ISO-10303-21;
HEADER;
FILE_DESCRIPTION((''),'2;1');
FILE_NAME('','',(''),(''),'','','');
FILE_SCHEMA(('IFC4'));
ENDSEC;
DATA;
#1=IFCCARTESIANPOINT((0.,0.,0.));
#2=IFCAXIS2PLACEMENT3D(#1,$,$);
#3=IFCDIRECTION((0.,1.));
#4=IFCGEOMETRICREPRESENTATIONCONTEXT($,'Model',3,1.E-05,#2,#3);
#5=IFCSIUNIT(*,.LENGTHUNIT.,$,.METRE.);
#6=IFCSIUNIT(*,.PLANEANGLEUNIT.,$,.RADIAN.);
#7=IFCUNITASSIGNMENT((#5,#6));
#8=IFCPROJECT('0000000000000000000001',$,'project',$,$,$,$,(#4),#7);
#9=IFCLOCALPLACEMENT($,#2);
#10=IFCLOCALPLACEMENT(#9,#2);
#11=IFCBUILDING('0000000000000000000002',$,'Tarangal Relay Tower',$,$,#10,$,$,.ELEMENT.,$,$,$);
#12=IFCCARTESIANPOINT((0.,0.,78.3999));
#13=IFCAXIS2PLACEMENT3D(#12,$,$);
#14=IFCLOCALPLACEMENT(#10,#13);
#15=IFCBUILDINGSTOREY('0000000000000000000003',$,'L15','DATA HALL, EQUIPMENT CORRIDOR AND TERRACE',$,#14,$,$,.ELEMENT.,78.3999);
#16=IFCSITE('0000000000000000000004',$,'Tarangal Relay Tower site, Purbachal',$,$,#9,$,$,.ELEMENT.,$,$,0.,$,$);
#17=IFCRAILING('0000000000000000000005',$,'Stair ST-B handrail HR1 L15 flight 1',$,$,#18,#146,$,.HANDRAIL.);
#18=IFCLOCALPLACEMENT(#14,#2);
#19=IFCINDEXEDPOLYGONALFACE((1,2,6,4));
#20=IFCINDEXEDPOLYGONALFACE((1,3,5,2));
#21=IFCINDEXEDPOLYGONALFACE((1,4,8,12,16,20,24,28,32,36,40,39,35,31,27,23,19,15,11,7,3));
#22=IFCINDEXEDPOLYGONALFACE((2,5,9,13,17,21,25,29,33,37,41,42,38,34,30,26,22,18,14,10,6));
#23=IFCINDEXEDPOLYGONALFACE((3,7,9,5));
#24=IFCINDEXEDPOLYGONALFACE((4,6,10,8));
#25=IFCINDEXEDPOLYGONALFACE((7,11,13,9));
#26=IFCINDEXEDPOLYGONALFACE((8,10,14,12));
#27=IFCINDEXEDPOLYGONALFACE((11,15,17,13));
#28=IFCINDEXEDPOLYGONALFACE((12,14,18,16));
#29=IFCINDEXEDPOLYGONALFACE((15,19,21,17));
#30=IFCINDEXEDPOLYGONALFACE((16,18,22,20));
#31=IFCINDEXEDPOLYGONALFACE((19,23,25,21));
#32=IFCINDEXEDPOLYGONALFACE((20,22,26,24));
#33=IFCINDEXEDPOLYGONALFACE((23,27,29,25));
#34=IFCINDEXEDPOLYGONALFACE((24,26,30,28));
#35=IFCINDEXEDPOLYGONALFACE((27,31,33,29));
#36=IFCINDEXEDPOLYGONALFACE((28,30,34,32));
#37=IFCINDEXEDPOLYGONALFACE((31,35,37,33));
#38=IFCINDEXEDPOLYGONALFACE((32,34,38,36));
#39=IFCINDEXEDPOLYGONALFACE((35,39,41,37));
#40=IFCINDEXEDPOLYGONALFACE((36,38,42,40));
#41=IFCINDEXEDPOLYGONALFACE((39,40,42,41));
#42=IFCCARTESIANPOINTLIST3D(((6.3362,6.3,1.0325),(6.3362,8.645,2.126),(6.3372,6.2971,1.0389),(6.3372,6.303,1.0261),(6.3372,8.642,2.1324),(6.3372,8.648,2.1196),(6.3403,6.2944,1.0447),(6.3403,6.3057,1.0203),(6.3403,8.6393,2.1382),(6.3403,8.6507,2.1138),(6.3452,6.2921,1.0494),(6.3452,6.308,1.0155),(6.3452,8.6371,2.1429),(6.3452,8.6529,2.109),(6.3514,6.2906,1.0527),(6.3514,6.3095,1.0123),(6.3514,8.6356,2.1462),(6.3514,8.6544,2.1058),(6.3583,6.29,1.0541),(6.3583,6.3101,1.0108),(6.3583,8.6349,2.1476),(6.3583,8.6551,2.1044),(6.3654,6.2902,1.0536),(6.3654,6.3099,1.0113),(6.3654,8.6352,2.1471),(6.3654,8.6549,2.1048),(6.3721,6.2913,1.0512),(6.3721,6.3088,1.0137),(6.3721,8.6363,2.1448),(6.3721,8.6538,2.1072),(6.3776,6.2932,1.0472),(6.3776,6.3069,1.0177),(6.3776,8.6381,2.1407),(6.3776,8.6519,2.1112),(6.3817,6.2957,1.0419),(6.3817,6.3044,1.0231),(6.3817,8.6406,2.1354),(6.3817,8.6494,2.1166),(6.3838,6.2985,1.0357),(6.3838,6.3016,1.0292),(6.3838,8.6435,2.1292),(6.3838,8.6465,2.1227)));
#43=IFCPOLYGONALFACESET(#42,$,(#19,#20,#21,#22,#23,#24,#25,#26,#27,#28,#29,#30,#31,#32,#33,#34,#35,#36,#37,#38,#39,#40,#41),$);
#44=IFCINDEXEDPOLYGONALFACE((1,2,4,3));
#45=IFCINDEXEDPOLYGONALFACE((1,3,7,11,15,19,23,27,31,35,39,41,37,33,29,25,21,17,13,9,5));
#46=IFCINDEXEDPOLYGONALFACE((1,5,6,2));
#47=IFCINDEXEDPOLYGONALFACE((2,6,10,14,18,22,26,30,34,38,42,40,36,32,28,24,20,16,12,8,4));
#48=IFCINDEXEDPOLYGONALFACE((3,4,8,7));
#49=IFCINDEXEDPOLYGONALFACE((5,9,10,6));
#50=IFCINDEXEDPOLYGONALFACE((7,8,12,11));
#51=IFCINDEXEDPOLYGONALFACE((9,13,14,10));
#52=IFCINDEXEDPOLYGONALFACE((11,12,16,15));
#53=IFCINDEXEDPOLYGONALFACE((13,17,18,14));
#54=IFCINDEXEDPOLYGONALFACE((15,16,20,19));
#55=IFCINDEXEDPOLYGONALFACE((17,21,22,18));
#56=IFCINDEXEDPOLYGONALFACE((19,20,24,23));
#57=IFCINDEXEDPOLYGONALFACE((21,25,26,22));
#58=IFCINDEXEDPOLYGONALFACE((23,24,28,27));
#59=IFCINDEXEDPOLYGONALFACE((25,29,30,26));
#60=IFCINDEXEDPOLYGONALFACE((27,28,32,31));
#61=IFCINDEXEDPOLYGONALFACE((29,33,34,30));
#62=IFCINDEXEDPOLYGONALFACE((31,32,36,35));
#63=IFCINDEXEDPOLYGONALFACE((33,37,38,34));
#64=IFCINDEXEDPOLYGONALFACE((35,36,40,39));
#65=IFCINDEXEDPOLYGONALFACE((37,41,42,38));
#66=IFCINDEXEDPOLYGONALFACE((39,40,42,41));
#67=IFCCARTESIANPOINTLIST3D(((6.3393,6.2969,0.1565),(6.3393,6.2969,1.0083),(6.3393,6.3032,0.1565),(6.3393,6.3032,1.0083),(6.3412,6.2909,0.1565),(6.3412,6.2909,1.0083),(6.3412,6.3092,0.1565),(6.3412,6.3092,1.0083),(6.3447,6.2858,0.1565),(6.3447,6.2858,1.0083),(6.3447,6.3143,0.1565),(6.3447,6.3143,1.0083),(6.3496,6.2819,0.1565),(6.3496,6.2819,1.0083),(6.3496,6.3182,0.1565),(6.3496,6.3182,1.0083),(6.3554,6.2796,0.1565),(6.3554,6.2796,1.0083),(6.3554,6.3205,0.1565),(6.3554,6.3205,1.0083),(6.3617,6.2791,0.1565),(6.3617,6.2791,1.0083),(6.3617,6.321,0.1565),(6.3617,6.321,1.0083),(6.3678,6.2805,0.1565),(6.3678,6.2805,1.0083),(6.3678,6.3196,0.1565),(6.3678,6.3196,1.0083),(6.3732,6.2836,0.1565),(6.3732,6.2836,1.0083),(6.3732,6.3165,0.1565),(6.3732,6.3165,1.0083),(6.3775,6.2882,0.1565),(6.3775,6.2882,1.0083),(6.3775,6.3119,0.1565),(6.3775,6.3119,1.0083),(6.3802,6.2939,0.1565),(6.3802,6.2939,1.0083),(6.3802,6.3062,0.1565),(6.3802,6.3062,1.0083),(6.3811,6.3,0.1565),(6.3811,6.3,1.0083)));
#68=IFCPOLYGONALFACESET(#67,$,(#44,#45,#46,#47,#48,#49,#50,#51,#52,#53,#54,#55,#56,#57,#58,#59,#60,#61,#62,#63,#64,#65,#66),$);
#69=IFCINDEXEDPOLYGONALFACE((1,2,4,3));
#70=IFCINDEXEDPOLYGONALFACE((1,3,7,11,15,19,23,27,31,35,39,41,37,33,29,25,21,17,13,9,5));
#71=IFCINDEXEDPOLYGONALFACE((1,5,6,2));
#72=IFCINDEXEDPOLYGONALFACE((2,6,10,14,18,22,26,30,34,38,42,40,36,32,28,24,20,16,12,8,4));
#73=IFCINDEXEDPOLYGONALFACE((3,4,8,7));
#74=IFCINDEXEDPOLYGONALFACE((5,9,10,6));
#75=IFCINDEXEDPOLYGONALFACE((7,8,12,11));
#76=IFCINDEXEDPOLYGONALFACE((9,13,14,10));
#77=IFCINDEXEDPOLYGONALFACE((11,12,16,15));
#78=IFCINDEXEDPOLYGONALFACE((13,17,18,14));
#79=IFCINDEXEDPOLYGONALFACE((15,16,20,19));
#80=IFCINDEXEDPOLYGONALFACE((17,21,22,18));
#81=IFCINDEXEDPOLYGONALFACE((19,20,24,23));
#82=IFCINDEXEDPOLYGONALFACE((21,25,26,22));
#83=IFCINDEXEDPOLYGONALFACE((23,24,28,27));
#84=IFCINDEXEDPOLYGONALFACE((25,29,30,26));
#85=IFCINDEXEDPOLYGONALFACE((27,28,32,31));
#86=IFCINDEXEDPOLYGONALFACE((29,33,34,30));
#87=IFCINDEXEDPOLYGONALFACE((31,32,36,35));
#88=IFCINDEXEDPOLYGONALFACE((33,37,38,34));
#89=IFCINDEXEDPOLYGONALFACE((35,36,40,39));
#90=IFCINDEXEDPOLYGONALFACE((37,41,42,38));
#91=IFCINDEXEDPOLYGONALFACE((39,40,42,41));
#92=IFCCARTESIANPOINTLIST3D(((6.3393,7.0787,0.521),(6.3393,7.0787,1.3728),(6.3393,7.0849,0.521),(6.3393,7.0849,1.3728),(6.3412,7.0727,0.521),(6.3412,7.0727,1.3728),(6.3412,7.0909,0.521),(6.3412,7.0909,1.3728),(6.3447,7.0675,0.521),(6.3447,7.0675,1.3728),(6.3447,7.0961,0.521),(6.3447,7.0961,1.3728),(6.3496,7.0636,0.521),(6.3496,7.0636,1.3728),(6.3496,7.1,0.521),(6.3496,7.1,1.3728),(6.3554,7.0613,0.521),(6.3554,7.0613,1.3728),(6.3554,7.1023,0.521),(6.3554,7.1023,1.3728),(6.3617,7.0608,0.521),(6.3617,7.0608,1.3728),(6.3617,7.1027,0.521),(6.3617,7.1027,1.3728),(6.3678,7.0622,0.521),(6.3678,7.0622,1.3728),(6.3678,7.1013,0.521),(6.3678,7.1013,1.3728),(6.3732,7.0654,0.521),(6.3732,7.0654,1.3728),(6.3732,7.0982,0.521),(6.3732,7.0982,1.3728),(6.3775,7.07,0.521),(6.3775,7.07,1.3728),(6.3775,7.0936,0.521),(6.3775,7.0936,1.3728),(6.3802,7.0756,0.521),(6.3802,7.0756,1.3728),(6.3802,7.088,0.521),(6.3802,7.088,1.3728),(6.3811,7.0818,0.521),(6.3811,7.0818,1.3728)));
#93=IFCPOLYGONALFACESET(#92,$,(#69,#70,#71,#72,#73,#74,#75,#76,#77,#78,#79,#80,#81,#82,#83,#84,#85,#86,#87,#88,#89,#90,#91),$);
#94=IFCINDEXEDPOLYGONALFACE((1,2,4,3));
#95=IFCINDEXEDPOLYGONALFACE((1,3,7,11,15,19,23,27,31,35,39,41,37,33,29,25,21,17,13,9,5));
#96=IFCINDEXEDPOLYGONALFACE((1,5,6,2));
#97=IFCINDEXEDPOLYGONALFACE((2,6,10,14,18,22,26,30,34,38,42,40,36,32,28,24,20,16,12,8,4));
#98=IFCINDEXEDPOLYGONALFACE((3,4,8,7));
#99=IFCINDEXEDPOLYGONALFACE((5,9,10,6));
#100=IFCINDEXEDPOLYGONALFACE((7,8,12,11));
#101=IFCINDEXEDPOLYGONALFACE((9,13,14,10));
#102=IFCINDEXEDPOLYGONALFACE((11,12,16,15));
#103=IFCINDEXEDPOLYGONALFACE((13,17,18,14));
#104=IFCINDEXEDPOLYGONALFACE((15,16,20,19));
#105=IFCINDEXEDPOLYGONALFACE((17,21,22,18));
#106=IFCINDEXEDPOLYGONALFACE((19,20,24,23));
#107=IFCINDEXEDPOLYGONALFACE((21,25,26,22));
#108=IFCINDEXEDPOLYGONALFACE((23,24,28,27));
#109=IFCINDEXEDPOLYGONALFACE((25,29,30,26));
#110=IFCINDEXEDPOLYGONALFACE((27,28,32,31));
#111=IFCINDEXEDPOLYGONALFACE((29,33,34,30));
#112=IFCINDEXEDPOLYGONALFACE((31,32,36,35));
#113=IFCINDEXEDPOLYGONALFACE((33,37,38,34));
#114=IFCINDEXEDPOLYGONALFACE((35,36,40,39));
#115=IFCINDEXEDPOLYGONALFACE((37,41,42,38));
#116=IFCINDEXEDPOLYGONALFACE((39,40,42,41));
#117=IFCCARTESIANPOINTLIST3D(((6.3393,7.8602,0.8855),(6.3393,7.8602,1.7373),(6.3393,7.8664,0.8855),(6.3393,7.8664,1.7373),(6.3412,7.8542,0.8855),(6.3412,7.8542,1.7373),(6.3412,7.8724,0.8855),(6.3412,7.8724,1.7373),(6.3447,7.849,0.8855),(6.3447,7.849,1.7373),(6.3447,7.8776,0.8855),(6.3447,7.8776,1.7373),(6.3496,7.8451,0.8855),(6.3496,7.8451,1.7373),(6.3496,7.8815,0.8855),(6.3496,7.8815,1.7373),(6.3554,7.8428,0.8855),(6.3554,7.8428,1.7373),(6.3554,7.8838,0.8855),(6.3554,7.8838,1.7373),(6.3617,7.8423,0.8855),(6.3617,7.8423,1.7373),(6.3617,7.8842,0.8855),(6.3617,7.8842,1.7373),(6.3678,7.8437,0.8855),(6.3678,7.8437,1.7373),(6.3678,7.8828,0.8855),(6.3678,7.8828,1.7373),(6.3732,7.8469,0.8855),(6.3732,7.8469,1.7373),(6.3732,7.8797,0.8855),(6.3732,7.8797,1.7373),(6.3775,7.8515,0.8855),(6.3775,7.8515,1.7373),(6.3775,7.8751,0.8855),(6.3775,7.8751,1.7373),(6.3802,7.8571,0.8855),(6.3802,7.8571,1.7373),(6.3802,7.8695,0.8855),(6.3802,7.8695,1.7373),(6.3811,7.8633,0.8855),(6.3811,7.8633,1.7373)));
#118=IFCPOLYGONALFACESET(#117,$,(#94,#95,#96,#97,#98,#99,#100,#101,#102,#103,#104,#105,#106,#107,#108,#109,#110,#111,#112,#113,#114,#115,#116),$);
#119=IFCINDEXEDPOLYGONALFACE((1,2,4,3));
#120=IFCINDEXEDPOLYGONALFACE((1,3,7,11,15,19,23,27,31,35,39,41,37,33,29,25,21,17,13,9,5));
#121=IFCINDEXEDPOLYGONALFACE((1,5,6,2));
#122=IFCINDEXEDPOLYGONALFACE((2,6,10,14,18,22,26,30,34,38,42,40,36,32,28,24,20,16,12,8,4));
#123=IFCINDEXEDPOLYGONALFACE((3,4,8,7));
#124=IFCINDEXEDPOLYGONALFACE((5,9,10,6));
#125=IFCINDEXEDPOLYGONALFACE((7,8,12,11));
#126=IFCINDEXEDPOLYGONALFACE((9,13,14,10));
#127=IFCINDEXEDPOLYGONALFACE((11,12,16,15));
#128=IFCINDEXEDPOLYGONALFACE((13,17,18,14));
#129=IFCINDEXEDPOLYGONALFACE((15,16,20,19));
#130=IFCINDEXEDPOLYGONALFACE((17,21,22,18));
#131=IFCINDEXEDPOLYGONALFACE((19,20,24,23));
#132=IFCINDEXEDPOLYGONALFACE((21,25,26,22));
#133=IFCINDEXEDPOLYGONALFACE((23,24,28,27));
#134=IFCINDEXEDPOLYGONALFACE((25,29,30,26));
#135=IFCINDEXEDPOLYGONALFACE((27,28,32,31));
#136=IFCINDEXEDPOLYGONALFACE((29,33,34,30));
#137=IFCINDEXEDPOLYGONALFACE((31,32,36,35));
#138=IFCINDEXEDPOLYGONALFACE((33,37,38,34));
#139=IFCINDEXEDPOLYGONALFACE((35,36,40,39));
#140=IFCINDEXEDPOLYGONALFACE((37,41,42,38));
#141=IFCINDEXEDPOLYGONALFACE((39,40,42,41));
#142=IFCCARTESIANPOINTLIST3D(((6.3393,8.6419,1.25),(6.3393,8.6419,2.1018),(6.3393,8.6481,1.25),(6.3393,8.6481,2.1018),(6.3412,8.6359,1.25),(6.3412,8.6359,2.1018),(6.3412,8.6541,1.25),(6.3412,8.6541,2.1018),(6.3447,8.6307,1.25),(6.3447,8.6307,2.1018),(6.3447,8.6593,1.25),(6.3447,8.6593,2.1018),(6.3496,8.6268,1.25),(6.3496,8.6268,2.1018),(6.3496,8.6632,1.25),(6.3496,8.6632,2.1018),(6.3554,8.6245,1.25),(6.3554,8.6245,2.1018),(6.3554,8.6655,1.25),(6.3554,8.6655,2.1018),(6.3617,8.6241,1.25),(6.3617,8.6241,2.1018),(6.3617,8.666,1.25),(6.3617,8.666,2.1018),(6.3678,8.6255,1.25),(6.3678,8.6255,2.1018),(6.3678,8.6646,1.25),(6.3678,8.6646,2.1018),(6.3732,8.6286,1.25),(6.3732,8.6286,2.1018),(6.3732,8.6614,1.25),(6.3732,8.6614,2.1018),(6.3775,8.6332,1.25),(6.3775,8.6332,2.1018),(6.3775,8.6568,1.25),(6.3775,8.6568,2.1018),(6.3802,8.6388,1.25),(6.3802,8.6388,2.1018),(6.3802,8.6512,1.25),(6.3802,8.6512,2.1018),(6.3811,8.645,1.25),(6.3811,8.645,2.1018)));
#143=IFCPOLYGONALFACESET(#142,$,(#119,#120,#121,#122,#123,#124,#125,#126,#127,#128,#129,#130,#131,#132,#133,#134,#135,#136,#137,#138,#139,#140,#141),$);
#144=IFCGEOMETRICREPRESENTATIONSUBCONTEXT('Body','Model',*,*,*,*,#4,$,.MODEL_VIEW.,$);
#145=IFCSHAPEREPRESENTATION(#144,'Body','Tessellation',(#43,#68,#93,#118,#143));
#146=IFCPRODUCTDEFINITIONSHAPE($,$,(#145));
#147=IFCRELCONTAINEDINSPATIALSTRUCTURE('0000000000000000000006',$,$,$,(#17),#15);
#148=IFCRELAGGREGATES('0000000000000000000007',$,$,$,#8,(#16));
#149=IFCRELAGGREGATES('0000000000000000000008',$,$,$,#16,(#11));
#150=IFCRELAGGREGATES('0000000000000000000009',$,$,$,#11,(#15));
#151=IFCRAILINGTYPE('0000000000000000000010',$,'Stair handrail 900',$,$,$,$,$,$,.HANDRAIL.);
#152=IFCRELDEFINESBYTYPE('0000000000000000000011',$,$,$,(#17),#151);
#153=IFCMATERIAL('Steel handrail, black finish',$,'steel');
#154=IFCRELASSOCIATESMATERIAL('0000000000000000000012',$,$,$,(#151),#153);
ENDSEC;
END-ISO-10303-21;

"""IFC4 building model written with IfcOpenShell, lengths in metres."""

from ifc_helpers import new_model, si_unit, direction, frame, origin, origin_2d, place, context, subcontext, project, spatial, circle, extrude, material, type_object, element, save


model = new_model("IFC4")

# Units and contexts
model_context = context("Model", 3, precision=1e-05, world=origin(), true_north=direction((0.0, 1.0)))
body_context = subcontext(model_context, "Body", "Model", "MODEL_VIEW")
ifc_project = project(units=[si_unit("LENGTHUNIT", "METRE"), si_unit("PLANEANGLEUNIT", "RADIAN")], contexts=[model_context])

# Site, building, storey
site_placement = place(None, origin())
site = spatial("IfcSite", under=ifc_project, at=site_placement, Name="Tarangal Relay Tower site, Purbachal", CompositionType="ELEMENT", RefElevation=0.0)
building_placement = place(site_placement, origin())
building = spatial("IfcBuilding", under=site, at=building_placement, Name="Tarangal Relay Tower", CompositionType="ELEMENT")
storey_placement = place(building_placement, frame((0.0, 0.0, 78.3999)))
storey = spatial("IfcBuildingStorey", under=building, at=storey_placement, Name="L15", Description="DATA HALL, EQUIPMENT CORRIDOR AND TERRACE", CompositionType="ELEMENT", Elevation=78.3999)

# Railing
ifc_material_1 = material(Name="Steel handrail, black finish", Category="steel")
railing_type_1 = type_object("IfcRailingType", Name="Stair handrail 900", PredefinedType="HANDRAIL", material=ifc_material_1)
for number, where, name in (
    (1, (6.3601, 6.3, 0.1565), "Stair ST-B handrail HR1 L15 flight 1"),
):
    element("IfcRailing", number, at=place(storey_placement, frame(where)), inside=storey, type_object=railing_type_1, Name=name, PredefinedType="HANDRAIL", context=body_context, shape_type="SweptSolid", body=[
        extrude(circle(Radius=0.0239, at=origin_2d()), frame((0.0, 0.0, 0.876), z_axis=(0.0, 0.906304, 0.422627), x_axis=(-1.0, 0.0, 0.0)), (0.0, 0.0, 1.0), 2.5874),
        extrude(circle(Radius=0.021, at=origin_2d()), origin(), (0.0, 0.0, 1.0), 0.8518),
        extrude(circle(Radius=0.021, at=origin_2d()), frame((0.0, 0.7817, 0.3645)), (0.0, 0.0, 1.0), 0.8518),
        extrude(circle(Radius=0.021, at=origin_2d()), frame((0.0, 1.5632, 0.729)), (0.0, 0.0, 1.0), 0.8518),
        extrude(circle(Radius=0.021, at=origin_2d()), frame((0.0, 2.345, 1.0935)), (0.0, 0.0, 1.0), 0.8518),
    ])

save(model, "model.ifc")
